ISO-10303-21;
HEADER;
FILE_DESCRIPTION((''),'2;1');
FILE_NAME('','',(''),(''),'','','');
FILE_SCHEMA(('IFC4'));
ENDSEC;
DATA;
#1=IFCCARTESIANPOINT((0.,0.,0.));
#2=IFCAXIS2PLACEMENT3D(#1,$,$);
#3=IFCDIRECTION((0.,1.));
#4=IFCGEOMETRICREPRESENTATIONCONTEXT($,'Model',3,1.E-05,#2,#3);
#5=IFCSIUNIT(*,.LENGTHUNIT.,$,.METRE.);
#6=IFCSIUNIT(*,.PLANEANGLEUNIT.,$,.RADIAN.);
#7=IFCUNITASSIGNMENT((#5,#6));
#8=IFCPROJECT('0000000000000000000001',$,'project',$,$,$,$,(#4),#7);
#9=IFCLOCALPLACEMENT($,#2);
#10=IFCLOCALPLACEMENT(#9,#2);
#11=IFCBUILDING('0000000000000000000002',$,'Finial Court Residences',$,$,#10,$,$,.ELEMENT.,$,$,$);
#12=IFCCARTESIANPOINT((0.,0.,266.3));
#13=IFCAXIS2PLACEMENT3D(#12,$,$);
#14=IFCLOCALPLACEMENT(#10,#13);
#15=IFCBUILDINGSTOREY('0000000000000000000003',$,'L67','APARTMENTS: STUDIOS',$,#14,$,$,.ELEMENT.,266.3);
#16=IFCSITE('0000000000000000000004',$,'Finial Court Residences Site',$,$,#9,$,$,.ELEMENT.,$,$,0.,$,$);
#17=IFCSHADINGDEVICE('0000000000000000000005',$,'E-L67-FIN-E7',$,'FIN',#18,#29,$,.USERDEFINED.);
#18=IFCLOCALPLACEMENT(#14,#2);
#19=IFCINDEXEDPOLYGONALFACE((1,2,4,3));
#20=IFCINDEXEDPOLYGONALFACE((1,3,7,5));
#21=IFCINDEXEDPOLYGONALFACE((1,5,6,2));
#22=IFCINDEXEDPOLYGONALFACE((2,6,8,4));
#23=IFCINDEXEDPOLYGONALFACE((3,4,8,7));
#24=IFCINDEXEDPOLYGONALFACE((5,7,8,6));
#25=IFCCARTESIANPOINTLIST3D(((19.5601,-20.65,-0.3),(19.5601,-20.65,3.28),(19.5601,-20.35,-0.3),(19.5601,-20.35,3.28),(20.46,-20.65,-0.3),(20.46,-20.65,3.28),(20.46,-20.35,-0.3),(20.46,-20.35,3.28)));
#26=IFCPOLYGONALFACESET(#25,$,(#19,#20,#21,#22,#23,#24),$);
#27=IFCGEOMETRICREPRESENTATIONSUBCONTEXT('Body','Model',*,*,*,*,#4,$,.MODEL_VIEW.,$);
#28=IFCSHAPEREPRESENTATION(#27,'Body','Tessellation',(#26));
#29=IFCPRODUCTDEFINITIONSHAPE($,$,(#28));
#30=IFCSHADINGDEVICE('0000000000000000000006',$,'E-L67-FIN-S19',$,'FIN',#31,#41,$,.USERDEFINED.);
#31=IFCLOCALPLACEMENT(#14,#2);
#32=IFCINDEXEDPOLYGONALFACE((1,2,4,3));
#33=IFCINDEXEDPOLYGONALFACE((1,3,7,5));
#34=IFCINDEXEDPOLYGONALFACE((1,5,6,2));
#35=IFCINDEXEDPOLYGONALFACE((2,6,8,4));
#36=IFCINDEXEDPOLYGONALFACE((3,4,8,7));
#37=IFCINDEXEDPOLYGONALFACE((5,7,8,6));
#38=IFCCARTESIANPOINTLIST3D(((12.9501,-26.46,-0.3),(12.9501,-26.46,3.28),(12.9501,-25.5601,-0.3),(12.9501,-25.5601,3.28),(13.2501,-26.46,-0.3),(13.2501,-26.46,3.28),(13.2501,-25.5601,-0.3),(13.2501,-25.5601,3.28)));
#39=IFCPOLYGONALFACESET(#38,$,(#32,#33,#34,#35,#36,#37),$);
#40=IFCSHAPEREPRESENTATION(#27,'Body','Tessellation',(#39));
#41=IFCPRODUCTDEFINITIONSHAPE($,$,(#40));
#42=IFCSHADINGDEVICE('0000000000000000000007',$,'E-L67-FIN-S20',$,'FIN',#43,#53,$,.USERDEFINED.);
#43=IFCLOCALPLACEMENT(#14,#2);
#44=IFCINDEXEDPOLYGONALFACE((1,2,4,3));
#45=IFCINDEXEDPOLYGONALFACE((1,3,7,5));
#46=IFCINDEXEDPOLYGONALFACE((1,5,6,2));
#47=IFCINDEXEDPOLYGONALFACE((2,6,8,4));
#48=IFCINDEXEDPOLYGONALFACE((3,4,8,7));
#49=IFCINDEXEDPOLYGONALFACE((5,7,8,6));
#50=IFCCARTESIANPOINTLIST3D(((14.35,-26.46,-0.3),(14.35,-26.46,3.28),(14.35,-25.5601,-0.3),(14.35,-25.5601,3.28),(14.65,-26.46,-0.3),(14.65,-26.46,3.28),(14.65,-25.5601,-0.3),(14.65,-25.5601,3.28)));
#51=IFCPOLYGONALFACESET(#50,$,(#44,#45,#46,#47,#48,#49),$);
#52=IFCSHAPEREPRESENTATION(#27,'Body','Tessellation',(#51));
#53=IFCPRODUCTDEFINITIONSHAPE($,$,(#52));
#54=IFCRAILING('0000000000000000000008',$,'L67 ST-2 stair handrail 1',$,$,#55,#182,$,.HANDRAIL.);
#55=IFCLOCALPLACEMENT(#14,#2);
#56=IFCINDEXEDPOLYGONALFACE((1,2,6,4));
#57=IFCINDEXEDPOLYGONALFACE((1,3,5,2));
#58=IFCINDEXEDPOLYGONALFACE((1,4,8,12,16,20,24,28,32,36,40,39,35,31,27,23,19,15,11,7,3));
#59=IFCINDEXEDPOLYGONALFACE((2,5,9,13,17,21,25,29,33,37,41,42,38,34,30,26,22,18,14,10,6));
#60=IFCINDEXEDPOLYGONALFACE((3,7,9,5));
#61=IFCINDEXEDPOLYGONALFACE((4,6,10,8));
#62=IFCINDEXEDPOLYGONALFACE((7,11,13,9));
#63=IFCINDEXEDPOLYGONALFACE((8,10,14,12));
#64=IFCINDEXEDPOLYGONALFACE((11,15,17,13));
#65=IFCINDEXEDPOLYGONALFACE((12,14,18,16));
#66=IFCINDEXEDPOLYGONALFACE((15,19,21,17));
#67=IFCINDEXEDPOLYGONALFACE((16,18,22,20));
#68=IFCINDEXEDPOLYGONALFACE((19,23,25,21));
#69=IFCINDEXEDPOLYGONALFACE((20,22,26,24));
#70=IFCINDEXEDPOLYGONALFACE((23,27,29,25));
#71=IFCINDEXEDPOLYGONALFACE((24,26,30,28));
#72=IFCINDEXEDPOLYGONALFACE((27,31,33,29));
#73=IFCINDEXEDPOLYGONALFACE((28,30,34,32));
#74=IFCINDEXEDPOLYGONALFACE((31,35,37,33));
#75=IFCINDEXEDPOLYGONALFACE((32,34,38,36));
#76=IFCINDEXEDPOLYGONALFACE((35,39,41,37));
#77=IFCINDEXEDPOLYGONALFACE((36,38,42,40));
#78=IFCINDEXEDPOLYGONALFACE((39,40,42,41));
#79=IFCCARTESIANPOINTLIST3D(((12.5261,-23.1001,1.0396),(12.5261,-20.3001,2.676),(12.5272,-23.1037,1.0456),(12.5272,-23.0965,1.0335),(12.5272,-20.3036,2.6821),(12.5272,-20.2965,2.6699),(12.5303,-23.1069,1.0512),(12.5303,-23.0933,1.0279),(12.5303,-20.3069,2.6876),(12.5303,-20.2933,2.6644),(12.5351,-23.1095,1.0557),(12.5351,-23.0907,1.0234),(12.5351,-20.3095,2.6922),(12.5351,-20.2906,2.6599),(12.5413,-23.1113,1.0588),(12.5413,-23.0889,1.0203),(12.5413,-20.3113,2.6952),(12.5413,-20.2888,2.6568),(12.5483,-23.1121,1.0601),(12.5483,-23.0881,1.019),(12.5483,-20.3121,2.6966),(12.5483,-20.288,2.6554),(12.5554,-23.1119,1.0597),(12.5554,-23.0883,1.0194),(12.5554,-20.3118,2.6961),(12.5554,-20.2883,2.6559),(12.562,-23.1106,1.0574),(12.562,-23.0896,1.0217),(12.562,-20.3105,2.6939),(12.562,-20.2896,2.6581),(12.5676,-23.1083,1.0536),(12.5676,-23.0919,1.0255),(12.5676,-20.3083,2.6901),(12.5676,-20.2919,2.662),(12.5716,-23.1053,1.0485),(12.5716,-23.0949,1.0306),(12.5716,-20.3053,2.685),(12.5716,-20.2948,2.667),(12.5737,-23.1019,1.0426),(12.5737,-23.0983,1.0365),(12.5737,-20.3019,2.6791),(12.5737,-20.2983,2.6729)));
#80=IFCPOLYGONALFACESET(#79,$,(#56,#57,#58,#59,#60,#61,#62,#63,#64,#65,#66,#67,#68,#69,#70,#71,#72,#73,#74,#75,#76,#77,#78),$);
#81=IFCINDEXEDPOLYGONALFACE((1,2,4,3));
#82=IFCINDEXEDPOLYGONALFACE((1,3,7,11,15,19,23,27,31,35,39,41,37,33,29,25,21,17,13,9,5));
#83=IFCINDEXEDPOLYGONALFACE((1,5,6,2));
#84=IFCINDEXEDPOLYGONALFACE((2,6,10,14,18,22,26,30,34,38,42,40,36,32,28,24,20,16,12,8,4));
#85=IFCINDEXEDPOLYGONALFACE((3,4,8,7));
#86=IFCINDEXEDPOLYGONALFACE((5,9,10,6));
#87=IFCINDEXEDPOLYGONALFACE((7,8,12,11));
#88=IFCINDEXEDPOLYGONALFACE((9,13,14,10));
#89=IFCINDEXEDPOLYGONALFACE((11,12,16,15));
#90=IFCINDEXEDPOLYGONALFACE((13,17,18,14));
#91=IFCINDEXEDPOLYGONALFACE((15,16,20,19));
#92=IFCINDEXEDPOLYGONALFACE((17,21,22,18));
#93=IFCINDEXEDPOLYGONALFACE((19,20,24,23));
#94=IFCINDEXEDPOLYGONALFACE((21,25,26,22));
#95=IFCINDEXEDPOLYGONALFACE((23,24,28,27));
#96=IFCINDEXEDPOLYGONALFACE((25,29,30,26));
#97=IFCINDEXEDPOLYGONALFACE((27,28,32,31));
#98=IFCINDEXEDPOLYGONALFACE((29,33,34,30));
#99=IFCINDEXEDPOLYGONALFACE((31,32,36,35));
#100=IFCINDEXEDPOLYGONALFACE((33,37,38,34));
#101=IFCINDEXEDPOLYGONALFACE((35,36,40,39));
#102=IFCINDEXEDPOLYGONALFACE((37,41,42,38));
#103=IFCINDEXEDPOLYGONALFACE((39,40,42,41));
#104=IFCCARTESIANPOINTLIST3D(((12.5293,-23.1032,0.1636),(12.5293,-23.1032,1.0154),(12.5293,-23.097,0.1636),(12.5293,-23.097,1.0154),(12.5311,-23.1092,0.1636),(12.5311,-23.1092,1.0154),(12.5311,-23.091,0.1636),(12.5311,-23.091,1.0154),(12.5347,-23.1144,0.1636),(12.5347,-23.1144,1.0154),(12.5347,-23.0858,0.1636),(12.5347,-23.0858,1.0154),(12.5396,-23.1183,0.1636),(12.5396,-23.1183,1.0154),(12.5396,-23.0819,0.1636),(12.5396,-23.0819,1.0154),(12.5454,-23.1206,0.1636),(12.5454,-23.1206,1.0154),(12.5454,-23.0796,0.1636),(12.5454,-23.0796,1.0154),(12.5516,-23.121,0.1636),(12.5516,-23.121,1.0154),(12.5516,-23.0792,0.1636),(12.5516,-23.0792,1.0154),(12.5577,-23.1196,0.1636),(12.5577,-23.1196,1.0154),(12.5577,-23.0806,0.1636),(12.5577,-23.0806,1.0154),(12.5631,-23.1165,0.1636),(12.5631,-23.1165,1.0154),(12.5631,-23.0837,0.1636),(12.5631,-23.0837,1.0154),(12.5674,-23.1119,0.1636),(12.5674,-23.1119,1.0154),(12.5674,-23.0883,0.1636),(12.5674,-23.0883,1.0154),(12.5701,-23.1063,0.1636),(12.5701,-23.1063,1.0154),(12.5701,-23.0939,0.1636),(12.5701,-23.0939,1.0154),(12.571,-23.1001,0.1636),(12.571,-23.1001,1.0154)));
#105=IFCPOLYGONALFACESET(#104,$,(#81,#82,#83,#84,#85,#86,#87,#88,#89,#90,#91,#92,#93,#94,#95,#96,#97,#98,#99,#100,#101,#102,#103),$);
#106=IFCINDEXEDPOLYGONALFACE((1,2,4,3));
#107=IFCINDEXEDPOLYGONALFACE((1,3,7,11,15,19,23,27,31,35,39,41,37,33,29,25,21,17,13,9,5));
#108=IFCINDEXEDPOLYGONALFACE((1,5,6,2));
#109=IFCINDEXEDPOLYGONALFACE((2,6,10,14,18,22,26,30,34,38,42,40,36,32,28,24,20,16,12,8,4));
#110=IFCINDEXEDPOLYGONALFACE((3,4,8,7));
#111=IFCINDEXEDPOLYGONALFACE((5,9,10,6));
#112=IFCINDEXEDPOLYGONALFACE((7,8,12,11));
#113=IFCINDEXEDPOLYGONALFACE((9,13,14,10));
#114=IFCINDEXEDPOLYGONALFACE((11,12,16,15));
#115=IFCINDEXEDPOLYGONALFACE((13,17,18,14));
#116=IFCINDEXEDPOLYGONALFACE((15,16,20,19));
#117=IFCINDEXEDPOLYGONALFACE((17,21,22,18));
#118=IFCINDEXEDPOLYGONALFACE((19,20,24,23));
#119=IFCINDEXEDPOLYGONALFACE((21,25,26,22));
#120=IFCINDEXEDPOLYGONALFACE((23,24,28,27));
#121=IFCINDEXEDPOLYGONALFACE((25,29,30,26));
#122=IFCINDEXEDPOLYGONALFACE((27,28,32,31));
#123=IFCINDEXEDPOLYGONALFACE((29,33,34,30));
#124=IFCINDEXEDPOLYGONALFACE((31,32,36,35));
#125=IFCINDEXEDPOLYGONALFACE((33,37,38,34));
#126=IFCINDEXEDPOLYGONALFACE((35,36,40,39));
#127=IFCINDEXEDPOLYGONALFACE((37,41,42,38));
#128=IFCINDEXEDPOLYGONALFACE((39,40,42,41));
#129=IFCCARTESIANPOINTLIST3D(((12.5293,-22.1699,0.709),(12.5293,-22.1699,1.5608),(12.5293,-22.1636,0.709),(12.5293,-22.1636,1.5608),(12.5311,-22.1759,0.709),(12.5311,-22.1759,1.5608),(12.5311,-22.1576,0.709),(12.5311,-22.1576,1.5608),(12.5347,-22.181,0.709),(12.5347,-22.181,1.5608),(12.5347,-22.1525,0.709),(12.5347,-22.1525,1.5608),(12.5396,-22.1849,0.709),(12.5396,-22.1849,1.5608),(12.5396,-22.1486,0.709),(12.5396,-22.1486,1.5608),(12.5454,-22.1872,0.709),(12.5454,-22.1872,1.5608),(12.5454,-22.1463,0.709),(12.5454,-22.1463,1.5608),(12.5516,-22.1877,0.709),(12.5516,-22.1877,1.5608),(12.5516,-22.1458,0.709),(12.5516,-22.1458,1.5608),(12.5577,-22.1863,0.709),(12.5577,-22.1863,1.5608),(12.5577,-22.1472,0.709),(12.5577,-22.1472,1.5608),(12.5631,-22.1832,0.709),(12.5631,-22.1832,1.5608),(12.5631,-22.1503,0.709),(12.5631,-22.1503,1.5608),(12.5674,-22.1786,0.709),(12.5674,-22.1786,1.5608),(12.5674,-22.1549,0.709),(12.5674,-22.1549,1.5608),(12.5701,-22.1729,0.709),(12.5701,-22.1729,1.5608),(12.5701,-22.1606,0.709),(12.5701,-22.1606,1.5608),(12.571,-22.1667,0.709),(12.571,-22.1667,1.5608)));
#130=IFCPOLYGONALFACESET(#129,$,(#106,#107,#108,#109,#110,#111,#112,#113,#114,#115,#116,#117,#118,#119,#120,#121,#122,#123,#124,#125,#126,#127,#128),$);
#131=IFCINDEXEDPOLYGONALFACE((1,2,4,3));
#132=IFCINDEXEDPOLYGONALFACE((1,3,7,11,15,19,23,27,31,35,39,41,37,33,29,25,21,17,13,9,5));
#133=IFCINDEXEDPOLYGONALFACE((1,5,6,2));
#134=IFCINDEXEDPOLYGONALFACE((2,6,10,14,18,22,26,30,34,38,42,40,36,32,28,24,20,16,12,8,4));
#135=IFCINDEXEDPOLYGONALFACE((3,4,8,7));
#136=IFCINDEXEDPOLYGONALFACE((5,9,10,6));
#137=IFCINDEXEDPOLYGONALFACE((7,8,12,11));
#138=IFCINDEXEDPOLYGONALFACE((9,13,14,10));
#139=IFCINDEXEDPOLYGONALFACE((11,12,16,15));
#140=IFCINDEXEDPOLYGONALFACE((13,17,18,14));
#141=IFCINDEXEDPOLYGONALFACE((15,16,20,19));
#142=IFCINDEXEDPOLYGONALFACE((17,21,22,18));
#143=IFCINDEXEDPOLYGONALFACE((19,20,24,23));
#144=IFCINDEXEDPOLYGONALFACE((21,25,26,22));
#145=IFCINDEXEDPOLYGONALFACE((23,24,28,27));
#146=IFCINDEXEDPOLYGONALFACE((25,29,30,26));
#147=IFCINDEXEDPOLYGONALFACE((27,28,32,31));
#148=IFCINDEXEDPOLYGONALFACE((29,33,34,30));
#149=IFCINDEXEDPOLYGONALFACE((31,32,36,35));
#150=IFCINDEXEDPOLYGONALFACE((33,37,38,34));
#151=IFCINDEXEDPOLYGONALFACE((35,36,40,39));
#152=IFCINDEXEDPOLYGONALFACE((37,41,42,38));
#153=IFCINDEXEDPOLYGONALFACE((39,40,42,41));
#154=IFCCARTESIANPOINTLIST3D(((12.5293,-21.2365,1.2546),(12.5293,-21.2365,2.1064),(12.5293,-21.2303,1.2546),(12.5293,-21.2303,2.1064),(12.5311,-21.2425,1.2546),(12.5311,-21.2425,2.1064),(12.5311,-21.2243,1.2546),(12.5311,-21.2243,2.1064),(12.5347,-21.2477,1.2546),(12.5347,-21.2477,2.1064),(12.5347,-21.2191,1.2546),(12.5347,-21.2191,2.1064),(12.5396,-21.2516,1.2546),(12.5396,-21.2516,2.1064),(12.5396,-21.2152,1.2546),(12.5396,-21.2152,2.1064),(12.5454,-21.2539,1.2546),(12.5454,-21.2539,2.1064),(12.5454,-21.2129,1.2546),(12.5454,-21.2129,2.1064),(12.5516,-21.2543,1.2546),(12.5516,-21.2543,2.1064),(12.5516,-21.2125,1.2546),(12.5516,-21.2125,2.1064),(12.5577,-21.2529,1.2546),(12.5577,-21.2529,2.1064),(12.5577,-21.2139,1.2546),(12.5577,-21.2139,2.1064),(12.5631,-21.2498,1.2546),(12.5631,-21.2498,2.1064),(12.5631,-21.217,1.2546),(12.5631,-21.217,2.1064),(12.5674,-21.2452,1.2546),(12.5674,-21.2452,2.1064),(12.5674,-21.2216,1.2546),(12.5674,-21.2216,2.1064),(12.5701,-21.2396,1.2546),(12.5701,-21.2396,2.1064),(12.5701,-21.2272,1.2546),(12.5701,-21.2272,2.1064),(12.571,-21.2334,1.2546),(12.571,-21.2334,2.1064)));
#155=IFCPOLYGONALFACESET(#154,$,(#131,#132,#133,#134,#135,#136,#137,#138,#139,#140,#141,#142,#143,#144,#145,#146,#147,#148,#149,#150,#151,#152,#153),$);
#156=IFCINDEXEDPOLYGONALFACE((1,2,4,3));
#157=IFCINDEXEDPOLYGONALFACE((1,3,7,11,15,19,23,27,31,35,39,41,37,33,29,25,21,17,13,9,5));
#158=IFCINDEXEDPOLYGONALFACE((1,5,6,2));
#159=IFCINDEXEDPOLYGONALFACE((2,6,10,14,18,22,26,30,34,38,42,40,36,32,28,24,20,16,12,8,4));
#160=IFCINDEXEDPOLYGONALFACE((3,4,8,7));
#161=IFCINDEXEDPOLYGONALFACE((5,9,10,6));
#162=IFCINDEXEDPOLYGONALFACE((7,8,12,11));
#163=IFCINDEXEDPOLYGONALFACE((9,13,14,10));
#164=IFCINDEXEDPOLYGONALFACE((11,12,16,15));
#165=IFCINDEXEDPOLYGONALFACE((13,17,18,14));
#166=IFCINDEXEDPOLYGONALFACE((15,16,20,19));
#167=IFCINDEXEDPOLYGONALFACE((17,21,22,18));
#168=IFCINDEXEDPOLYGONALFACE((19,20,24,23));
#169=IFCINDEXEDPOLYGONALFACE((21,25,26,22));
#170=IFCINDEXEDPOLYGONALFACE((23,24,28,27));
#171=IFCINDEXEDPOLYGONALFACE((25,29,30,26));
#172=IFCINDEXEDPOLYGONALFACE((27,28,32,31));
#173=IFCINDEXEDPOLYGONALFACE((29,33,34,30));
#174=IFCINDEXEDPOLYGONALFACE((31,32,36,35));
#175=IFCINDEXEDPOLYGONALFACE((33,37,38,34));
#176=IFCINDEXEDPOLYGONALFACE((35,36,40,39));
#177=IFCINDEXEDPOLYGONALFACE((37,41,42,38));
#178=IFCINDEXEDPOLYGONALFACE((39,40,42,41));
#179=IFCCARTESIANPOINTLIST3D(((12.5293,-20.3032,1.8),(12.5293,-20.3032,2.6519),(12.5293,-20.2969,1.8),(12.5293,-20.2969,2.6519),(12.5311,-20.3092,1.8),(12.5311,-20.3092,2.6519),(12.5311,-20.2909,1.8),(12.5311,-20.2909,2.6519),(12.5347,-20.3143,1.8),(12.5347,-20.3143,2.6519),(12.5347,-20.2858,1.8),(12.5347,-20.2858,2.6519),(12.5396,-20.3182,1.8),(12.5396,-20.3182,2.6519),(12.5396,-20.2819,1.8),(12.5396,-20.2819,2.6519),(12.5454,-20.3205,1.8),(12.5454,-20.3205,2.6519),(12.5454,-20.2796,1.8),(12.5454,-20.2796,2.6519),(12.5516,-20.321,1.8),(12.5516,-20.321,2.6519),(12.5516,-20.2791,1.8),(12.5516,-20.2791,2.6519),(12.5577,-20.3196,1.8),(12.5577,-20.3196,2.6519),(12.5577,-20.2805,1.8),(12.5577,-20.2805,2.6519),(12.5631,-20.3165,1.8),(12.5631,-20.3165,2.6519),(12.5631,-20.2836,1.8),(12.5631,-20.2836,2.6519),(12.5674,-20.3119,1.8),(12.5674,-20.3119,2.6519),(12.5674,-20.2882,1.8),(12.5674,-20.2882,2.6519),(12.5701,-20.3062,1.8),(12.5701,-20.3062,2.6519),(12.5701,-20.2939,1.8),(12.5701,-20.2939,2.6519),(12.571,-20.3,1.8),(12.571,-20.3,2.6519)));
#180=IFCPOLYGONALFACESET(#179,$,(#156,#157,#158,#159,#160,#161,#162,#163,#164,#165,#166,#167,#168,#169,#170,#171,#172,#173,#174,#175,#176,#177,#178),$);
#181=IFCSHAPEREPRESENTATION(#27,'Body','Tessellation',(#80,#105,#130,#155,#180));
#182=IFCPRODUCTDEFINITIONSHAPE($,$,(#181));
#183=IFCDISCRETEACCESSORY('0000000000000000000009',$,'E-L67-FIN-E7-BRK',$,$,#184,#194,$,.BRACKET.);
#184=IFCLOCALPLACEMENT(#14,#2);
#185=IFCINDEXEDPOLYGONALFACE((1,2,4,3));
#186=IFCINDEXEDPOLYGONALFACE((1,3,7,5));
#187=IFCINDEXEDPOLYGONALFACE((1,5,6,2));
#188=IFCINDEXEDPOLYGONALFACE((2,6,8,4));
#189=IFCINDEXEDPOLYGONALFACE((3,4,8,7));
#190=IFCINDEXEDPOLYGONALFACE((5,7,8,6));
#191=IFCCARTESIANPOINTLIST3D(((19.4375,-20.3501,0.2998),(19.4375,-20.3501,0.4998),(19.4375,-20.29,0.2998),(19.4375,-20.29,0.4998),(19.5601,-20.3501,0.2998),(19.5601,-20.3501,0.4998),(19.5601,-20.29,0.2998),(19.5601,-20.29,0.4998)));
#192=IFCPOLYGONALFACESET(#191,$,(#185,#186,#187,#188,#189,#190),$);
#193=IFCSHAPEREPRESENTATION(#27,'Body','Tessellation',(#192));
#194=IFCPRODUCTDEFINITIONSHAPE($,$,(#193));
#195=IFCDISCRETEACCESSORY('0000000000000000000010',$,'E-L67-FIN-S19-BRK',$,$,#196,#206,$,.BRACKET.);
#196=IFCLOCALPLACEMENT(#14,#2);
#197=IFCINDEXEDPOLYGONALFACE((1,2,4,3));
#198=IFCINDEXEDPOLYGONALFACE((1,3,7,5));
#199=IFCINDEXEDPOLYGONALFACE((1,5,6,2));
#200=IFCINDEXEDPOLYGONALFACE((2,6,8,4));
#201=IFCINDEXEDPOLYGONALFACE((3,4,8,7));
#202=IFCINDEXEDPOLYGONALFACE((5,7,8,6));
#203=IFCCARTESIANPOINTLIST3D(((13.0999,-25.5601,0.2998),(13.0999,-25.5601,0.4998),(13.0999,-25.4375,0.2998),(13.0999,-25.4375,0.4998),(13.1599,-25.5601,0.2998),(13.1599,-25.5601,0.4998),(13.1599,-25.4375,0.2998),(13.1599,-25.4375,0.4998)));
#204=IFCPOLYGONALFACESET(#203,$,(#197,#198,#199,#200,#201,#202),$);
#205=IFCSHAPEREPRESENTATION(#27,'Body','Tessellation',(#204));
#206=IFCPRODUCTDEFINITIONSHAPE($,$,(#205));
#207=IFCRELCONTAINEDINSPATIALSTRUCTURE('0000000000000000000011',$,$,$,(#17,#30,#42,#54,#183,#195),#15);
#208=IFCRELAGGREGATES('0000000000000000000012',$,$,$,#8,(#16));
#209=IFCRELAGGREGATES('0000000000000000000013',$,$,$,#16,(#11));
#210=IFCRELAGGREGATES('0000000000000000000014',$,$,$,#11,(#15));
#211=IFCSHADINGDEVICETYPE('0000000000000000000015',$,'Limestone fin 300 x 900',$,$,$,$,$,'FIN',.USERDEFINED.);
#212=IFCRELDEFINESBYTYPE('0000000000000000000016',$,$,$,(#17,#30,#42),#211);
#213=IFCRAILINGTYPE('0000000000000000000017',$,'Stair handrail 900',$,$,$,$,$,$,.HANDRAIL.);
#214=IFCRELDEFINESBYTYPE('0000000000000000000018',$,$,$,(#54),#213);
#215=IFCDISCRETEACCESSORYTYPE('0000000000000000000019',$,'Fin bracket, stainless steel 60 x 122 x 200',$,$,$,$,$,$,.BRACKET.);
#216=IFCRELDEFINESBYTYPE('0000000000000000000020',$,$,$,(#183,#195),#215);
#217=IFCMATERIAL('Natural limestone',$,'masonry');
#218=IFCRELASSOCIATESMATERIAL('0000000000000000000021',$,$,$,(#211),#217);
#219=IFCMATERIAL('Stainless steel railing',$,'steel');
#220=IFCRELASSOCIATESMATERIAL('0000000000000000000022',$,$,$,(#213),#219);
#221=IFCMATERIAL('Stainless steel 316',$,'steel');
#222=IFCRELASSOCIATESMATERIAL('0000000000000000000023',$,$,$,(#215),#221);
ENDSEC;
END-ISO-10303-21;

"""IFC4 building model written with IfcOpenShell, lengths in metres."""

from ifc_helpers import new_model, si_unit, direction, frame, origin, origin_2d, place, context, subcontext, project, spatial, rectangle, circle, extrude, material, type_object, element, save


model = new_model("IFC4")

# Units and contexts
model_context = context("Model", 3, precision=1e-05, world=origin(), true_north=direction((0.0, 1.0)))
body_context = subcontext(model_context, "Body", "Model", "MODEL_VIEW")
ifc_project = project(units=[si_unit("LENGTHUNIT", "METRE"), si_unit("PLANEANGLEUNIT", "RADIAN")], contexts=[model_context])

# Site, building, storey
site_placement = place(None, origin())
site = spatial("IfcSite", under=ifc_project, at=site_placement, Name="Finial Court Residences Site", CompositionType="ELEMENT", RefElevation=0.0)
building_placement = place(site_placement, origin())
building = spatial("IfcBuilding", under=site, at=building_placement, Name="Finial Court Residences", CompositionType="ELEMENT")
storey_placement = place(building_placement, frame((0.0, 0.0, 266.3)))
storey = spatial("IfcBuildingStorey", under=building, at=storey_placement, Name="L67", Description="APARTMENTS: STUDIOS", CompositionType="ELEMENT", Elevation=266.3)

# Shared definitions
ifc_material_1 = material(Name="Natural limestone", Category="masonry")

# Shading devices
shading_device_type = type_object("IfcShadingDeviceType", Name="Limestone fin 300 x 900", ElementType="FIN", PredefinedType="USERDEFINED", material=ifc_material_1)
shading_device_placement = place(storey_placement, frame((20.01, -20.5, -0.3), z_axis=(0.0, 0.0, 1.0), x_axis=(1.0, 0.0, 0.0)))
element("IfcShadingDevice", 1, at=shading_device_placement, inside=storey, type_object=shading_device_type, Name="E-L67-FIN-E7", ObjectType="FIN", PredefinedType="USERDEFINED", context=body_context, shape_type="SweptSolid", body=[
    extrude(rectangle(XDim=0.8999, YDim=0.3, at=origin_2d()), origin(), (0.0, 0.0, 1.0), 3.5801),
])
for number, where, z_axis, x_axis, name in (
    (2, (13.1001, -26.01, -0.3), (0.0, 0.0, 1.0), (1.0, 0.0, 0.0), "E-L67-FIN-S19"),
    (3, (14.5, -26.01, -0.3), (0.0, 0.0, 1.0), (1.0, 0.0, 0.0), "E-L67-FIN-S20"),
):
    element("IfcShadingDevice", number, at=place(storey_placement, frame(where, z_axis=z_axis, x_axis=x_axis)), inside=storey, type_object=shading_device_type, Name=name, ObjectType="FIN", PredefinedType="USERDEFINED", context=body_context, shape_type="SweptSolid", body=[
        extrude(rectangle(XDim=0.3, YDim=0.8999, at=origin_2d()), origin(), (0.0, 0.0, 1.0), 3.5801),
    ])

# Railing
ifc_material_2 = material(Name="Stainless steel railing", Category="steel")
railing_type = type_object("IfcRailingType", Name="Stair handrail 900", PredefinedType="HANDRAIL", material=ifc_material_2)
railing_placement = place(storey_placement, frame((12.55, -23.1001, 0.1636)))
element("IfcRailing", 4, at=railing_placement, inside=storey, type_object=railing_type, Name="L67 ST-2 stair handrail 1", PredefinedType="HANDRAIL", context=body_context, shape_type="SweptSolid", body=[
    extrude(circle(Radius=0.0239, at=origin_2d()), frame((0.0, 0.0, 0.876), z_axis=(0.0, 0.863361, 0.504587), x_axis=(-1.0, 0.0, 0.0)), (0.0, 0.0, 1.0), 3.2432),
    extrude(circle(Radius=0.021, at=origin_2d()), origin(), (0.0, 0.0, 1.0), 0.8518),
    extrude(circle(Radius=0.021, at=origin_2d()), frame((0.0, 0.9333, 0.5454)), (0.0, 0.0, 1.0), 0.8518),
    extrude(circle(Radius=0.021, at=origin_2d()), frame((0.0, 1.8667, 1.0911)), (0.0, 0.0, 1.0), 0.8518),
    extrude(circle(Radius=0.021, at=origin_2d()), frame((0.0, 2.8, 1.6365)), (0.0, 0.0, 1.0), 0.8518),
])

# Discrete accessories
ifc_material_3 = material(Name="Stainless steel 316", Category="steel")
discrete_accessory_type = type_object("IfcDiscreteAccessoryType", Name="Fin bracket, stainless steel 60 x 122 x 200", PredefinedType="BRACKET", material=ifc_material_3)
discrete_accessory_placement = place(storey_placement, frame((19.4988, -20.3201, 0.2998), z_axis=(0.0, 0.0, 1.0), x_axis=(1.0, 0.0, 0.0)))
element("IfcDiscreteAccessory", 5, at=discrete_accessory_placement, inside=storey, type_object=discrete_accessory_type, Name="E-L67-FIN-E7-BRK", PredefinedType="BRACKET", context=body_context, shape_type="SweptSolid", body=[
    extrude(rectangle(XDim=0.1226, YDim=0.0601, at=origin_2d()), origin(), (0.0, 0.0, 1.0), 0.2),
])
for number, where, z_axis, x_axis, name in (
    (6, (13.1299, -25.4988, 0.2998), (0.0, 0.0, 1.0), (1.0, 0.0, 0.0), "E-L67-FIN-S19-BRK"),
):
    element("IfcDiscreteAccessory", number, at=place(storey_placement, frame(where, z_axis=z_axis, x_axis=x_axis)), inside=storey, type_object=discrete_accessory_type, Name=name, PredefinedType="BRACKET", context=body_context, shape_type="SweptSolid", body=[
        extrude(rectangle(XDim=0.0601, YDim=0.1226, at=origin_2d()), origin(), (0.0, 0.0, 1.0), 0.2),
    ])

save(model, "model.ifc")
